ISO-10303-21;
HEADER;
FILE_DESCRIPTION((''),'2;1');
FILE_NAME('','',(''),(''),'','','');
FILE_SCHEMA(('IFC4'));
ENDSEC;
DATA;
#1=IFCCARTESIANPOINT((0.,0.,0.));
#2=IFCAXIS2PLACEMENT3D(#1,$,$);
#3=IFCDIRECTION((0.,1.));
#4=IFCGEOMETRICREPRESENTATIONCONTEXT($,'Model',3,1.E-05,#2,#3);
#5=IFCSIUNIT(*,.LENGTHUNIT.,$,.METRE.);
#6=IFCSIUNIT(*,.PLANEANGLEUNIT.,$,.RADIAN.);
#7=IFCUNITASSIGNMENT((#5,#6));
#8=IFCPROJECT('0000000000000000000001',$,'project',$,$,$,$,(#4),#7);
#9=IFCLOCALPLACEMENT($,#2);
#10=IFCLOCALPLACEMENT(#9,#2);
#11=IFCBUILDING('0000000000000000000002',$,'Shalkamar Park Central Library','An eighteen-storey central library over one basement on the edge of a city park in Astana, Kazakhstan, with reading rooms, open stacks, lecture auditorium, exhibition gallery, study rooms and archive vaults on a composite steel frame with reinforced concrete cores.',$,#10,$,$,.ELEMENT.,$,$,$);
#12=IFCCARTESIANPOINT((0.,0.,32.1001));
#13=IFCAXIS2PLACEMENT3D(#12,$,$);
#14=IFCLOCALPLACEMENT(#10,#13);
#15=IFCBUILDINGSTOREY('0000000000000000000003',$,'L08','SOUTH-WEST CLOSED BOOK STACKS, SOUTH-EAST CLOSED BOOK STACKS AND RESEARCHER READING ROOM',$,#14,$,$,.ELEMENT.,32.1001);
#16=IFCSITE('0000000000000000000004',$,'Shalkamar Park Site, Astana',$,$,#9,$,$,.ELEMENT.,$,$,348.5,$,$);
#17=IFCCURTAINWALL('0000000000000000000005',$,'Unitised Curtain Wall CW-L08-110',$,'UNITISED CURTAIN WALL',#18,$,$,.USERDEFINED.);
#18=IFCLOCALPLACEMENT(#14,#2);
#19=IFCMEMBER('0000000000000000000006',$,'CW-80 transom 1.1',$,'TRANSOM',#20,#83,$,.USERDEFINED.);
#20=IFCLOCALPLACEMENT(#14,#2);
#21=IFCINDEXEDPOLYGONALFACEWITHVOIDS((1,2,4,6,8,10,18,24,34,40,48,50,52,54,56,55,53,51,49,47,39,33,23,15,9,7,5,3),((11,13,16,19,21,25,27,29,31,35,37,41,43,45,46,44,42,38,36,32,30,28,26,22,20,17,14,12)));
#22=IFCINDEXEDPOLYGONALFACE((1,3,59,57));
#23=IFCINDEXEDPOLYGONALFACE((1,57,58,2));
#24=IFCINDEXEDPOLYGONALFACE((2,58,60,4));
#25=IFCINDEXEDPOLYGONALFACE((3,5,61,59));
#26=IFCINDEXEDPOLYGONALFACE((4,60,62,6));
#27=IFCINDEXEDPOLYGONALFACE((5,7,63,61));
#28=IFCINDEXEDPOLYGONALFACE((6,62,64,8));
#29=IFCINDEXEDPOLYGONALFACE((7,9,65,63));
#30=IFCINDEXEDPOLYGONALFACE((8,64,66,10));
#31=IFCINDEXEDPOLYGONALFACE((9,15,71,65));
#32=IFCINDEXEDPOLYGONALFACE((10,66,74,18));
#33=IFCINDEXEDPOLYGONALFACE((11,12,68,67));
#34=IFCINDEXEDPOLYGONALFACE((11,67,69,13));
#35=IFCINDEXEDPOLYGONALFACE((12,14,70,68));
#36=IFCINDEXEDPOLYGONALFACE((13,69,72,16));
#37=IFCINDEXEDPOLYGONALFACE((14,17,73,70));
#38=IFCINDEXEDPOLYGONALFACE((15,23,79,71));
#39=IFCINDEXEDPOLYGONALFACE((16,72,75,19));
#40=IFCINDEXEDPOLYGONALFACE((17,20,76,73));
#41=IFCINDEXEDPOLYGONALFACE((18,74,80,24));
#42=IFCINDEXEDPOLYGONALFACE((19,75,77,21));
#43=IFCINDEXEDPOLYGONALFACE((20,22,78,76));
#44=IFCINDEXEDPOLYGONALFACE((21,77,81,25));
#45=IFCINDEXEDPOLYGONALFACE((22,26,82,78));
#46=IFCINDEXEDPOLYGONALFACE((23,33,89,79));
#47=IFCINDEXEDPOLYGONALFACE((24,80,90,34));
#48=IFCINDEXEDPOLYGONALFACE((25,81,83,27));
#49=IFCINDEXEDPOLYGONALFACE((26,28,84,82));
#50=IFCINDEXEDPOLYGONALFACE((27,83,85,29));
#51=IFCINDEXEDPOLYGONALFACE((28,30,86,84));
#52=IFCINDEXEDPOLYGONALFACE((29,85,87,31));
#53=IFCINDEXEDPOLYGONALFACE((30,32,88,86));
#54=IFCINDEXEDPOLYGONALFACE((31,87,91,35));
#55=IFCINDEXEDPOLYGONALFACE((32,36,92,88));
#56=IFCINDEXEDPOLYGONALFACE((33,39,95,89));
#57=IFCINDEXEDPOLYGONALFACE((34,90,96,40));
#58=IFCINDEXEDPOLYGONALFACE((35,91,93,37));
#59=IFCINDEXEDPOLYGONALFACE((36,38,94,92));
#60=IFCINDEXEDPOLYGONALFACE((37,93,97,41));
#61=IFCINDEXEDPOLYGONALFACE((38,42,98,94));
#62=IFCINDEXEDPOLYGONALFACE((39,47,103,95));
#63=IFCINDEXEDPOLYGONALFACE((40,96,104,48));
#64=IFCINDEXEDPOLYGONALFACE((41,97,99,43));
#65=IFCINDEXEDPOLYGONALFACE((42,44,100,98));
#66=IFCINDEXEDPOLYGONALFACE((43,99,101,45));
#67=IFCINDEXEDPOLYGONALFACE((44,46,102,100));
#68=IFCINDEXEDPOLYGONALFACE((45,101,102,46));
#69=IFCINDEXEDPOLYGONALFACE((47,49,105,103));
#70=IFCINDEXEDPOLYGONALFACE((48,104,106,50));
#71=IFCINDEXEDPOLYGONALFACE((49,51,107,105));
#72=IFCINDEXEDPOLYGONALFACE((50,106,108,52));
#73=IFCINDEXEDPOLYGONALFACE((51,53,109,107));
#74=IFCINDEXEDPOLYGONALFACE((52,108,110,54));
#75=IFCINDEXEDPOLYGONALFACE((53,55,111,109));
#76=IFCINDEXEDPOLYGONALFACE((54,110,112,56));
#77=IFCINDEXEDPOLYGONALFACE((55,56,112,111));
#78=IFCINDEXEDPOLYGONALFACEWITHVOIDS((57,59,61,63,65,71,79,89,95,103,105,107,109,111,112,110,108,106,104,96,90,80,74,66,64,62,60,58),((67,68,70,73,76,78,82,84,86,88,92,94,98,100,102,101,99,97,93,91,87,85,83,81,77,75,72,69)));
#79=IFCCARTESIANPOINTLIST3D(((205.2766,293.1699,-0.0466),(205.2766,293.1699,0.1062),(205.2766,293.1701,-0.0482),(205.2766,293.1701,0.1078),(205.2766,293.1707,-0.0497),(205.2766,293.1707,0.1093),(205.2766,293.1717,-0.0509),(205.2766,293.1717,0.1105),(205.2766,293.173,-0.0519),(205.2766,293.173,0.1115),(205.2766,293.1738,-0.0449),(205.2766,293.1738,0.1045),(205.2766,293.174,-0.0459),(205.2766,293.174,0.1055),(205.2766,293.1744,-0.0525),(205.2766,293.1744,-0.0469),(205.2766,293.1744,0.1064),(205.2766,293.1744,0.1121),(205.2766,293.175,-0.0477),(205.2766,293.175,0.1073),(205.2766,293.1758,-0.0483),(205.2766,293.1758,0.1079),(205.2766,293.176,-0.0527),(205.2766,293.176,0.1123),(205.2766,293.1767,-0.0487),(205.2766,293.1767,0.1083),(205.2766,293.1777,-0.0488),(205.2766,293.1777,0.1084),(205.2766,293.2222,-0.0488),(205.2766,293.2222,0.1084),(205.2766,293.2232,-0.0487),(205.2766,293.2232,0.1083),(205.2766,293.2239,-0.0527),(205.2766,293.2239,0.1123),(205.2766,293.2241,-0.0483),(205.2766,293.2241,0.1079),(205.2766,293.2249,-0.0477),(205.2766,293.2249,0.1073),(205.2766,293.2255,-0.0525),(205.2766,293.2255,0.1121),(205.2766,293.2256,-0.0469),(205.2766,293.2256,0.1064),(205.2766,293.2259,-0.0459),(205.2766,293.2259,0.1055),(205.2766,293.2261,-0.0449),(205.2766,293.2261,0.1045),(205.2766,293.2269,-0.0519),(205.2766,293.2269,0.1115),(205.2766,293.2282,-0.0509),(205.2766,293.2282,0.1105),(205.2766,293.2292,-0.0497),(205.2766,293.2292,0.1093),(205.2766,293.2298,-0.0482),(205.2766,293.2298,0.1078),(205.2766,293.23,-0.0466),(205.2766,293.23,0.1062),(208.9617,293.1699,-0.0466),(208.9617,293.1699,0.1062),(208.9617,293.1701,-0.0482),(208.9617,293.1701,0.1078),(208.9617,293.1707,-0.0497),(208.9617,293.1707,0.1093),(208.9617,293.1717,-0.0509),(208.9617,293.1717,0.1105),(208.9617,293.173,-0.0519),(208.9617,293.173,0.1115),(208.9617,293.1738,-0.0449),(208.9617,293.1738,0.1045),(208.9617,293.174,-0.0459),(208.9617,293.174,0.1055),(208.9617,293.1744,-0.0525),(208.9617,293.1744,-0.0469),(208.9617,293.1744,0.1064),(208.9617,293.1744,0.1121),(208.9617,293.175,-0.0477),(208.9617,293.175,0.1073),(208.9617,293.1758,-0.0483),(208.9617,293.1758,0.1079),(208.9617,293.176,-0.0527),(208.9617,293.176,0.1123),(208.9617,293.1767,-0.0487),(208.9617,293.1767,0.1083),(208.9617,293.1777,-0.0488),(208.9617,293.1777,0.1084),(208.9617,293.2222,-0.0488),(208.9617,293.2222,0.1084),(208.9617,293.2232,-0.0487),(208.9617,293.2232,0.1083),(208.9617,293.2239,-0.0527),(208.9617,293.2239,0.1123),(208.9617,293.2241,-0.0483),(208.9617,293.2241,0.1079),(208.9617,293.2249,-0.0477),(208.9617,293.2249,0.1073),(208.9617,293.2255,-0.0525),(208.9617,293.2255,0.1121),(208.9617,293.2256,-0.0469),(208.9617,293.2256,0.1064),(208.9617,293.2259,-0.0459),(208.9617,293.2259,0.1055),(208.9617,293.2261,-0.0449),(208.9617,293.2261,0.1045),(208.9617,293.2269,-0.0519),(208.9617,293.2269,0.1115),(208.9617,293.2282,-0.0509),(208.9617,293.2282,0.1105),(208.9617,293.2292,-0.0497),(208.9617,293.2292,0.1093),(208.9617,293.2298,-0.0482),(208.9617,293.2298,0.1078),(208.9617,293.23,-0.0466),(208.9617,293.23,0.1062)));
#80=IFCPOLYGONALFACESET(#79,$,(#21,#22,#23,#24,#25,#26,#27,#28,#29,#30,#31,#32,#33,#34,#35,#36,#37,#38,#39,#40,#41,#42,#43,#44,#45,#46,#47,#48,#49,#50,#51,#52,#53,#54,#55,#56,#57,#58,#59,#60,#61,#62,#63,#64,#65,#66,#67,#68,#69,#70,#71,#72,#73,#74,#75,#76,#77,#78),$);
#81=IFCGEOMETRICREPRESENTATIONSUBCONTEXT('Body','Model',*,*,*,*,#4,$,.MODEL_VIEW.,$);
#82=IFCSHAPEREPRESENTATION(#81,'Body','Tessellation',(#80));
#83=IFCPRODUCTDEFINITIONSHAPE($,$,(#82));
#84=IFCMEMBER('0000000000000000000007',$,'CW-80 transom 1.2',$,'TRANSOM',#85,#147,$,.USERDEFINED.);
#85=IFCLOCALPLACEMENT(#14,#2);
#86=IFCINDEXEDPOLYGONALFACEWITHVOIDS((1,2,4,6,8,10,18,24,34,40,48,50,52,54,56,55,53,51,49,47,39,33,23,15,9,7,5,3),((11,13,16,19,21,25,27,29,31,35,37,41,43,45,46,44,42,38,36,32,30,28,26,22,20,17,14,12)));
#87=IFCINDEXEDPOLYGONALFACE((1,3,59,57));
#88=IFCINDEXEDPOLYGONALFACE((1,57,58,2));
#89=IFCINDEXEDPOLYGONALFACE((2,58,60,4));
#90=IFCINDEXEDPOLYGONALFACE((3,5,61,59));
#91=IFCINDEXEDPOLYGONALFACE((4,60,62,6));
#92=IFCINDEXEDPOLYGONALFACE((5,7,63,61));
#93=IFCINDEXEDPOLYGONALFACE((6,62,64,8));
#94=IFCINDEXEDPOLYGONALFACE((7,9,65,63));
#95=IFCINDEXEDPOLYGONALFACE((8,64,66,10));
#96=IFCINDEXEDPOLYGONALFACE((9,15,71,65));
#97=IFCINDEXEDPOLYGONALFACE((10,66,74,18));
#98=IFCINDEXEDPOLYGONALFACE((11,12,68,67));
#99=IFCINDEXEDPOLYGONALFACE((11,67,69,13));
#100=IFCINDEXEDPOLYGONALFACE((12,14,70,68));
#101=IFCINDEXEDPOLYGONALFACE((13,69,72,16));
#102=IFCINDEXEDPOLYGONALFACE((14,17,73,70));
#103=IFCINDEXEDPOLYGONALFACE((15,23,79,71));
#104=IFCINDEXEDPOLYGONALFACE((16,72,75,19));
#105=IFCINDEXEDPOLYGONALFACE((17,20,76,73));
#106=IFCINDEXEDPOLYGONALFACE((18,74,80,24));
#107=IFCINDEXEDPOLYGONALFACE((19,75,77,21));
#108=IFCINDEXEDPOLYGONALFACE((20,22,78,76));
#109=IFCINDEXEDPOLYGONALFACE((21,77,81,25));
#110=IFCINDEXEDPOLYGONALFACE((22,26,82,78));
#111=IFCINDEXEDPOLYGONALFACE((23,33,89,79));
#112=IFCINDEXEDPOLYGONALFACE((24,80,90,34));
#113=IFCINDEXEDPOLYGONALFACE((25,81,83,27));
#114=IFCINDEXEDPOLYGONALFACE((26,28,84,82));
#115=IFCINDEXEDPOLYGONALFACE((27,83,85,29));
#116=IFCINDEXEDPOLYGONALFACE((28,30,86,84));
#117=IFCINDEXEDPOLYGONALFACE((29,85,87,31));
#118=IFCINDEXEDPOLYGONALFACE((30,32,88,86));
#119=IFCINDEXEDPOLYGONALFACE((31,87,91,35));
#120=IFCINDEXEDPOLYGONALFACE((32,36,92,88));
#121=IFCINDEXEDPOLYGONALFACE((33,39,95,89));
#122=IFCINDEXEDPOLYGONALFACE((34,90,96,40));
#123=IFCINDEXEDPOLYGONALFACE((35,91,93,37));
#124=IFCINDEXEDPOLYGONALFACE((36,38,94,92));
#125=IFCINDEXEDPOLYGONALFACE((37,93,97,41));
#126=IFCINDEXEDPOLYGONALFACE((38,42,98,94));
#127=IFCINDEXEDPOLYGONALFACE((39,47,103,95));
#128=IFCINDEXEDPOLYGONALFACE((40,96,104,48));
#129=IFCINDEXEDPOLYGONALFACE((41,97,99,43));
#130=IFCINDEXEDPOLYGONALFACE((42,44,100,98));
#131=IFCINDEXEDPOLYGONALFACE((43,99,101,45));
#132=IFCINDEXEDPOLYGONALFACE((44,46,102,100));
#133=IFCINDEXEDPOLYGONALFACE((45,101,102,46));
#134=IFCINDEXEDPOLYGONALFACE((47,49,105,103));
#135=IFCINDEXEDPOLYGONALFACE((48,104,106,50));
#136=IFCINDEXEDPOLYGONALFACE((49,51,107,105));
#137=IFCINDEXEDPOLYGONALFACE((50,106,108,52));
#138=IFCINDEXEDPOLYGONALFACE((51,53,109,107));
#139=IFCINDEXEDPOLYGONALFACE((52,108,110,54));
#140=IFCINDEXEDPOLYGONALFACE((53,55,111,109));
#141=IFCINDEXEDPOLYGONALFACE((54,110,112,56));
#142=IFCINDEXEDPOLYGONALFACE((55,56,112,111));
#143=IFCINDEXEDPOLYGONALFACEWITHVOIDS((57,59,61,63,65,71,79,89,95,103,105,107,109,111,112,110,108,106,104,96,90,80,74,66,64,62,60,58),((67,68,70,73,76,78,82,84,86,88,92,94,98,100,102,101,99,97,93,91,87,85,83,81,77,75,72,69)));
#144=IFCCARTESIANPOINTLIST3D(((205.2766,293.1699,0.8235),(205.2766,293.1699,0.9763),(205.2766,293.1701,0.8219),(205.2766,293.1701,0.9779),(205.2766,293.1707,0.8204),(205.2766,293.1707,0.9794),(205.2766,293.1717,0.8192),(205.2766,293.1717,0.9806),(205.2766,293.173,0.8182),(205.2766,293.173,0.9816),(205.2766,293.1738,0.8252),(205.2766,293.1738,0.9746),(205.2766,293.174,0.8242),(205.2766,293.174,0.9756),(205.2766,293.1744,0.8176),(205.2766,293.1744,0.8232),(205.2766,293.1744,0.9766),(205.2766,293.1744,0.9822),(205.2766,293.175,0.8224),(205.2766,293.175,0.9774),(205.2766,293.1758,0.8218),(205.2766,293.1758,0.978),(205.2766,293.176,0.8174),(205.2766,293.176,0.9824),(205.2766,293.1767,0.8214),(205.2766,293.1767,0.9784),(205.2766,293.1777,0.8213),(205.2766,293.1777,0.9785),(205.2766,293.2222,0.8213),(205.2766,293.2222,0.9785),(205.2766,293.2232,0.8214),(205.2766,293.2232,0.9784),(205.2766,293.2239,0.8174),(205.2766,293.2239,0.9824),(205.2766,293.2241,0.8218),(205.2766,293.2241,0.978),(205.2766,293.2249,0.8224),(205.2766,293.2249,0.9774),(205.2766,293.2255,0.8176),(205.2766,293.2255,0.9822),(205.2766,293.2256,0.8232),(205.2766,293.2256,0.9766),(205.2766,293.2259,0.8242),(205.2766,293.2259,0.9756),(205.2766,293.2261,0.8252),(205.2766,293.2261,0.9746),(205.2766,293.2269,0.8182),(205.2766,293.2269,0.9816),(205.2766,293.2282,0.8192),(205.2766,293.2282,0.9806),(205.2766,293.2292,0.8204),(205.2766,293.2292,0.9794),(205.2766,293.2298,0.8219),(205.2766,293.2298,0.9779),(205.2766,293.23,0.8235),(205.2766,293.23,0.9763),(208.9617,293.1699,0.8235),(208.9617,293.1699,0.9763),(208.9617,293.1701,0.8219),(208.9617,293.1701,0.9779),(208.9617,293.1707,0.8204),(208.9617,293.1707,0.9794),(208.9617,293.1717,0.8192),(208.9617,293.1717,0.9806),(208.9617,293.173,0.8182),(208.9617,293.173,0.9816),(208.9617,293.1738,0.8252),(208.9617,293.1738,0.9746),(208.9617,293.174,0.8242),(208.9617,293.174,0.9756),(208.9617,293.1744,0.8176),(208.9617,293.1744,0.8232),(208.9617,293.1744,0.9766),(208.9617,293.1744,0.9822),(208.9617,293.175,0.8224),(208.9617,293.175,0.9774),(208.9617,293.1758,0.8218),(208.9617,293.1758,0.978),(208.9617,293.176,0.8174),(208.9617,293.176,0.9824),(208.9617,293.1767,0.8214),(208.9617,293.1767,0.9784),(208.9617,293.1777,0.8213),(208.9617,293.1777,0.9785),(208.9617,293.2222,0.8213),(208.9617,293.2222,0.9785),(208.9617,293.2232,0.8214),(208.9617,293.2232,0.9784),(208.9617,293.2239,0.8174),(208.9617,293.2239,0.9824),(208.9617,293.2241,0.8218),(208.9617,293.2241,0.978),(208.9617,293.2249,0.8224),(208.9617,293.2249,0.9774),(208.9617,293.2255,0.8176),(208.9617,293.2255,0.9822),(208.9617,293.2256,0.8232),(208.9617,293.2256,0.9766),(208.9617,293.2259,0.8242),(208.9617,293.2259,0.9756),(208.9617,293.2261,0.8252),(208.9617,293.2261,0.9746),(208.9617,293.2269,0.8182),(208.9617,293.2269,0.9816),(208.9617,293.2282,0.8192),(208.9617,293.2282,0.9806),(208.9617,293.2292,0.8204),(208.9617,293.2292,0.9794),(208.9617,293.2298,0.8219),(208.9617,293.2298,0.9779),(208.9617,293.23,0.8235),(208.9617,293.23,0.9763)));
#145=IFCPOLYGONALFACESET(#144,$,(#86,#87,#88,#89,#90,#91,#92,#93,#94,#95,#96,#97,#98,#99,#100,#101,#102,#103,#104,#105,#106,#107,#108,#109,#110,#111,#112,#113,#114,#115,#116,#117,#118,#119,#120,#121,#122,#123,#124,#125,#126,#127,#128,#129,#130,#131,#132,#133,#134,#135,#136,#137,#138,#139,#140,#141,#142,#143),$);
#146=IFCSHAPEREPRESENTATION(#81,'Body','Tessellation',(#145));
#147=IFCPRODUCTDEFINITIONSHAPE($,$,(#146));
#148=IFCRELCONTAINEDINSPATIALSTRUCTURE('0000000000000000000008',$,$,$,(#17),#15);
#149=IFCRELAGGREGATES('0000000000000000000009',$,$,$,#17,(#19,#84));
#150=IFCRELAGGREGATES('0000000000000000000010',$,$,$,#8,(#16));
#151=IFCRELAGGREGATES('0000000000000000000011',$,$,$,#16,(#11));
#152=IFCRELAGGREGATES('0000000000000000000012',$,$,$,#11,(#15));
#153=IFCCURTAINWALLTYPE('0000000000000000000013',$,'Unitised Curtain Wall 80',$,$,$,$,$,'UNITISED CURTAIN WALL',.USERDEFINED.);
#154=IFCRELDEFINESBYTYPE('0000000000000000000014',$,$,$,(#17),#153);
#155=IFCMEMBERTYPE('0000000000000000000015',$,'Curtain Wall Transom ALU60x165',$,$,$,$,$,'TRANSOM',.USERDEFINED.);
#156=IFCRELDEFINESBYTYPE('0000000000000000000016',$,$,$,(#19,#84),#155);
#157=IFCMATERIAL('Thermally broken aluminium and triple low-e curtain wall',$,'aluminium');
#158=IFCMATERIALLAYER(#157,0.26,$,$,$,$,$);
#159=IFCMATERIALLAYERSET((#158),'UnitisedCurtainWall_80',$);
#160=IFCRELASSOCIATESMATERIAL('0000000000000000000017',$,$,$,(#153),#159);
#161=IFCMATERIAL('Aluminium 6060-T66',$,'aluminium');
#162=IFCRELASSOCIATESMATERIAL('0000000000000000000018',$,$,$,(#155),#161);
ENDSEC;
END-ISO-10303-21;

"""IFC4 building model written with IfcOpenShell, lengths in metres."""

from ifc_helpers import new_model, si_unit, direction, frame, origin, origin_2d, place, context, subcontext, project, spatial, hollow_rectangle, extrude, material, layer, layer_set, material_profile, profile_set, type_object, element, aggregate, save


model = new_model("IFC4")

# Units and contexts
model_context = context("Model", 3, precision=1e-05, world=origin(), true_north=direction((0.0, 1.0)))
body_context = subcontext(model_context, "Body", "Model", "MODEL_VIEW")
ifc_project = project(units=[si_unit("LENGTHUNIT", "METRE"), si_unit("PLANEANGLEUNIT", "RADIAN")], contexts=[model_context])

# Site, building, storey
site_placement = place(None, origin())
site = spatial("IfcSite", under=ifc_project, at=site_placement, Name="Shalkamar Park Site, Astana", CompositionType="ELEMENT", RefElevation=348.5)
building_placement = place(site_placement, origin())
building = spatial("IfcBuilding", under=site, at=building_placement, Name="Shalkamar Park Central Library", Description="An eighteen-storey central library over one basement on the edge of a city park in Astana, Kazakhstan, with reading rooms, open stacks, lecture auditorium, exhibition gallery, study rooms and archive vaults on a composite steel frame with reinforced concrete cores.", CompositionType="ELEMENT")
storey_placement = place(building_placement, frame((0.0, 0.0, 32.1001)))
storey = spatial("IfcBuildingStorey", under=building, at=storey_placement, Name="L08", Description="SOUTH-WEST CLOSED BOOK STACKS, SOUTH-EAST CLOSED BOOK STACKS AND RESEARCHER READING ROOM", CompositionType="ELEMENT", Elevation=32.1001)

# Shared definitions
ifc_material_1 = material(Name="Thermally broken aluminium and triple low-e curtain wall", Category="aluminium")
ifc_material_2 = material(Name="Aluminium 6060-T66", Category="aluminium")

# Curtain wall
ifc_layer_1 = layer(ifc_material_1, 0.26)
ifc_layer_set_1 = layer_set([ifc_layer_1], Name="UnitisedCurtainWall_80")
curtain_wall_type_1 = type_object("IfcCurtainWallType", Name="Unitised Curtain Wall 80", ElementType="UNITISED CURTAIN WALL", PredefinedType="USERDEFINED", material=ifc_layer_set_1)
curtain_wall_1_placement = place(storey_placement, origin())
curtain_wall_1 = element("IfcCurtainWall", 1, at=curtain_wall_1_placement, inside=storey, type_object=curtain_wall_type_1, Name="Unitised Curtain Wall CW-L08-110", ObjectType="UNITISED CURTAIN WALL", PredefinedType="USERDEFINED")

# Members
ifc_material_profile_1 = material_profile(ifc_material_2, hollow_rectangle(XDim=0.0601, YDim=0.165, WallThickness=0.0039, InnerFilletRadius=0.0039, OuterFilletRadius=0.0061, at=origin_2d()), Name="ALU 60x165x4")
ifc_profile_set_1 = profile_set([ifc_material_profile_1], Name="Aluminium 6060-T66")
member_type_1 = type_object("IfcMemberType", Name="Curtain Wall Transom ALU60x165", ElementType="TRANSOM", PredefinedType="USERDEFINED", material=ifc_profile_set_1)
member_1_placement = place(storey_placement, frame((205.2766, 293.2, 0.0298), z_axis=(1.0, 0.0, 0.0), x_axis=(0.0, 1.0, 0.0)))
member_1 = element("IfcMember", 2, at=member_1_placement, type_object=member_type_1, Name="CW-80 transom 1.1", ObjectType="TRANSOM", PredefinedType="USERDEFINED", context=body_context, shape_type="SweptSolid", body=[
    extrude(hollow_rectangle(XDim=0.0601, YDim=0.165, WallThickness=0.0039, InnerFilletRadius=0.0039, OuterFilletRadius=0.0061, at=origin_2d()), origin(), (0.0, 0.0, 1.0), 3.6851),
])
member_2_placement = place(storey_placement, frame((205.2766, 293.2, 0.8999), z_axis=(1.0, 0.0, 0.0), x_axis=(0.0, 1.0, 0.0)))
member_2 = element("IfcMember", 3, at=member_2_placement, type_object=member_type_1, Name="CW-80 transom 1.2", ObjectType="TRANSOM", PredefinedType="USERDEFINED", context=body_context, shape_type="SweptSolid", body=[
    extrude(hollow_rectangle(XDim=0.0601, YDim=0.165, WallThickness=0.0039, InnerFilletRadius=0.0039, OuterFilletRadius=0.0061, at=origin_2d()), origin(), (0.0, 0.0, 1.0), 3.6851),
])
aggregate(curtain_wall_1, [member_1, member_2])

save(model, "model.ifc")
